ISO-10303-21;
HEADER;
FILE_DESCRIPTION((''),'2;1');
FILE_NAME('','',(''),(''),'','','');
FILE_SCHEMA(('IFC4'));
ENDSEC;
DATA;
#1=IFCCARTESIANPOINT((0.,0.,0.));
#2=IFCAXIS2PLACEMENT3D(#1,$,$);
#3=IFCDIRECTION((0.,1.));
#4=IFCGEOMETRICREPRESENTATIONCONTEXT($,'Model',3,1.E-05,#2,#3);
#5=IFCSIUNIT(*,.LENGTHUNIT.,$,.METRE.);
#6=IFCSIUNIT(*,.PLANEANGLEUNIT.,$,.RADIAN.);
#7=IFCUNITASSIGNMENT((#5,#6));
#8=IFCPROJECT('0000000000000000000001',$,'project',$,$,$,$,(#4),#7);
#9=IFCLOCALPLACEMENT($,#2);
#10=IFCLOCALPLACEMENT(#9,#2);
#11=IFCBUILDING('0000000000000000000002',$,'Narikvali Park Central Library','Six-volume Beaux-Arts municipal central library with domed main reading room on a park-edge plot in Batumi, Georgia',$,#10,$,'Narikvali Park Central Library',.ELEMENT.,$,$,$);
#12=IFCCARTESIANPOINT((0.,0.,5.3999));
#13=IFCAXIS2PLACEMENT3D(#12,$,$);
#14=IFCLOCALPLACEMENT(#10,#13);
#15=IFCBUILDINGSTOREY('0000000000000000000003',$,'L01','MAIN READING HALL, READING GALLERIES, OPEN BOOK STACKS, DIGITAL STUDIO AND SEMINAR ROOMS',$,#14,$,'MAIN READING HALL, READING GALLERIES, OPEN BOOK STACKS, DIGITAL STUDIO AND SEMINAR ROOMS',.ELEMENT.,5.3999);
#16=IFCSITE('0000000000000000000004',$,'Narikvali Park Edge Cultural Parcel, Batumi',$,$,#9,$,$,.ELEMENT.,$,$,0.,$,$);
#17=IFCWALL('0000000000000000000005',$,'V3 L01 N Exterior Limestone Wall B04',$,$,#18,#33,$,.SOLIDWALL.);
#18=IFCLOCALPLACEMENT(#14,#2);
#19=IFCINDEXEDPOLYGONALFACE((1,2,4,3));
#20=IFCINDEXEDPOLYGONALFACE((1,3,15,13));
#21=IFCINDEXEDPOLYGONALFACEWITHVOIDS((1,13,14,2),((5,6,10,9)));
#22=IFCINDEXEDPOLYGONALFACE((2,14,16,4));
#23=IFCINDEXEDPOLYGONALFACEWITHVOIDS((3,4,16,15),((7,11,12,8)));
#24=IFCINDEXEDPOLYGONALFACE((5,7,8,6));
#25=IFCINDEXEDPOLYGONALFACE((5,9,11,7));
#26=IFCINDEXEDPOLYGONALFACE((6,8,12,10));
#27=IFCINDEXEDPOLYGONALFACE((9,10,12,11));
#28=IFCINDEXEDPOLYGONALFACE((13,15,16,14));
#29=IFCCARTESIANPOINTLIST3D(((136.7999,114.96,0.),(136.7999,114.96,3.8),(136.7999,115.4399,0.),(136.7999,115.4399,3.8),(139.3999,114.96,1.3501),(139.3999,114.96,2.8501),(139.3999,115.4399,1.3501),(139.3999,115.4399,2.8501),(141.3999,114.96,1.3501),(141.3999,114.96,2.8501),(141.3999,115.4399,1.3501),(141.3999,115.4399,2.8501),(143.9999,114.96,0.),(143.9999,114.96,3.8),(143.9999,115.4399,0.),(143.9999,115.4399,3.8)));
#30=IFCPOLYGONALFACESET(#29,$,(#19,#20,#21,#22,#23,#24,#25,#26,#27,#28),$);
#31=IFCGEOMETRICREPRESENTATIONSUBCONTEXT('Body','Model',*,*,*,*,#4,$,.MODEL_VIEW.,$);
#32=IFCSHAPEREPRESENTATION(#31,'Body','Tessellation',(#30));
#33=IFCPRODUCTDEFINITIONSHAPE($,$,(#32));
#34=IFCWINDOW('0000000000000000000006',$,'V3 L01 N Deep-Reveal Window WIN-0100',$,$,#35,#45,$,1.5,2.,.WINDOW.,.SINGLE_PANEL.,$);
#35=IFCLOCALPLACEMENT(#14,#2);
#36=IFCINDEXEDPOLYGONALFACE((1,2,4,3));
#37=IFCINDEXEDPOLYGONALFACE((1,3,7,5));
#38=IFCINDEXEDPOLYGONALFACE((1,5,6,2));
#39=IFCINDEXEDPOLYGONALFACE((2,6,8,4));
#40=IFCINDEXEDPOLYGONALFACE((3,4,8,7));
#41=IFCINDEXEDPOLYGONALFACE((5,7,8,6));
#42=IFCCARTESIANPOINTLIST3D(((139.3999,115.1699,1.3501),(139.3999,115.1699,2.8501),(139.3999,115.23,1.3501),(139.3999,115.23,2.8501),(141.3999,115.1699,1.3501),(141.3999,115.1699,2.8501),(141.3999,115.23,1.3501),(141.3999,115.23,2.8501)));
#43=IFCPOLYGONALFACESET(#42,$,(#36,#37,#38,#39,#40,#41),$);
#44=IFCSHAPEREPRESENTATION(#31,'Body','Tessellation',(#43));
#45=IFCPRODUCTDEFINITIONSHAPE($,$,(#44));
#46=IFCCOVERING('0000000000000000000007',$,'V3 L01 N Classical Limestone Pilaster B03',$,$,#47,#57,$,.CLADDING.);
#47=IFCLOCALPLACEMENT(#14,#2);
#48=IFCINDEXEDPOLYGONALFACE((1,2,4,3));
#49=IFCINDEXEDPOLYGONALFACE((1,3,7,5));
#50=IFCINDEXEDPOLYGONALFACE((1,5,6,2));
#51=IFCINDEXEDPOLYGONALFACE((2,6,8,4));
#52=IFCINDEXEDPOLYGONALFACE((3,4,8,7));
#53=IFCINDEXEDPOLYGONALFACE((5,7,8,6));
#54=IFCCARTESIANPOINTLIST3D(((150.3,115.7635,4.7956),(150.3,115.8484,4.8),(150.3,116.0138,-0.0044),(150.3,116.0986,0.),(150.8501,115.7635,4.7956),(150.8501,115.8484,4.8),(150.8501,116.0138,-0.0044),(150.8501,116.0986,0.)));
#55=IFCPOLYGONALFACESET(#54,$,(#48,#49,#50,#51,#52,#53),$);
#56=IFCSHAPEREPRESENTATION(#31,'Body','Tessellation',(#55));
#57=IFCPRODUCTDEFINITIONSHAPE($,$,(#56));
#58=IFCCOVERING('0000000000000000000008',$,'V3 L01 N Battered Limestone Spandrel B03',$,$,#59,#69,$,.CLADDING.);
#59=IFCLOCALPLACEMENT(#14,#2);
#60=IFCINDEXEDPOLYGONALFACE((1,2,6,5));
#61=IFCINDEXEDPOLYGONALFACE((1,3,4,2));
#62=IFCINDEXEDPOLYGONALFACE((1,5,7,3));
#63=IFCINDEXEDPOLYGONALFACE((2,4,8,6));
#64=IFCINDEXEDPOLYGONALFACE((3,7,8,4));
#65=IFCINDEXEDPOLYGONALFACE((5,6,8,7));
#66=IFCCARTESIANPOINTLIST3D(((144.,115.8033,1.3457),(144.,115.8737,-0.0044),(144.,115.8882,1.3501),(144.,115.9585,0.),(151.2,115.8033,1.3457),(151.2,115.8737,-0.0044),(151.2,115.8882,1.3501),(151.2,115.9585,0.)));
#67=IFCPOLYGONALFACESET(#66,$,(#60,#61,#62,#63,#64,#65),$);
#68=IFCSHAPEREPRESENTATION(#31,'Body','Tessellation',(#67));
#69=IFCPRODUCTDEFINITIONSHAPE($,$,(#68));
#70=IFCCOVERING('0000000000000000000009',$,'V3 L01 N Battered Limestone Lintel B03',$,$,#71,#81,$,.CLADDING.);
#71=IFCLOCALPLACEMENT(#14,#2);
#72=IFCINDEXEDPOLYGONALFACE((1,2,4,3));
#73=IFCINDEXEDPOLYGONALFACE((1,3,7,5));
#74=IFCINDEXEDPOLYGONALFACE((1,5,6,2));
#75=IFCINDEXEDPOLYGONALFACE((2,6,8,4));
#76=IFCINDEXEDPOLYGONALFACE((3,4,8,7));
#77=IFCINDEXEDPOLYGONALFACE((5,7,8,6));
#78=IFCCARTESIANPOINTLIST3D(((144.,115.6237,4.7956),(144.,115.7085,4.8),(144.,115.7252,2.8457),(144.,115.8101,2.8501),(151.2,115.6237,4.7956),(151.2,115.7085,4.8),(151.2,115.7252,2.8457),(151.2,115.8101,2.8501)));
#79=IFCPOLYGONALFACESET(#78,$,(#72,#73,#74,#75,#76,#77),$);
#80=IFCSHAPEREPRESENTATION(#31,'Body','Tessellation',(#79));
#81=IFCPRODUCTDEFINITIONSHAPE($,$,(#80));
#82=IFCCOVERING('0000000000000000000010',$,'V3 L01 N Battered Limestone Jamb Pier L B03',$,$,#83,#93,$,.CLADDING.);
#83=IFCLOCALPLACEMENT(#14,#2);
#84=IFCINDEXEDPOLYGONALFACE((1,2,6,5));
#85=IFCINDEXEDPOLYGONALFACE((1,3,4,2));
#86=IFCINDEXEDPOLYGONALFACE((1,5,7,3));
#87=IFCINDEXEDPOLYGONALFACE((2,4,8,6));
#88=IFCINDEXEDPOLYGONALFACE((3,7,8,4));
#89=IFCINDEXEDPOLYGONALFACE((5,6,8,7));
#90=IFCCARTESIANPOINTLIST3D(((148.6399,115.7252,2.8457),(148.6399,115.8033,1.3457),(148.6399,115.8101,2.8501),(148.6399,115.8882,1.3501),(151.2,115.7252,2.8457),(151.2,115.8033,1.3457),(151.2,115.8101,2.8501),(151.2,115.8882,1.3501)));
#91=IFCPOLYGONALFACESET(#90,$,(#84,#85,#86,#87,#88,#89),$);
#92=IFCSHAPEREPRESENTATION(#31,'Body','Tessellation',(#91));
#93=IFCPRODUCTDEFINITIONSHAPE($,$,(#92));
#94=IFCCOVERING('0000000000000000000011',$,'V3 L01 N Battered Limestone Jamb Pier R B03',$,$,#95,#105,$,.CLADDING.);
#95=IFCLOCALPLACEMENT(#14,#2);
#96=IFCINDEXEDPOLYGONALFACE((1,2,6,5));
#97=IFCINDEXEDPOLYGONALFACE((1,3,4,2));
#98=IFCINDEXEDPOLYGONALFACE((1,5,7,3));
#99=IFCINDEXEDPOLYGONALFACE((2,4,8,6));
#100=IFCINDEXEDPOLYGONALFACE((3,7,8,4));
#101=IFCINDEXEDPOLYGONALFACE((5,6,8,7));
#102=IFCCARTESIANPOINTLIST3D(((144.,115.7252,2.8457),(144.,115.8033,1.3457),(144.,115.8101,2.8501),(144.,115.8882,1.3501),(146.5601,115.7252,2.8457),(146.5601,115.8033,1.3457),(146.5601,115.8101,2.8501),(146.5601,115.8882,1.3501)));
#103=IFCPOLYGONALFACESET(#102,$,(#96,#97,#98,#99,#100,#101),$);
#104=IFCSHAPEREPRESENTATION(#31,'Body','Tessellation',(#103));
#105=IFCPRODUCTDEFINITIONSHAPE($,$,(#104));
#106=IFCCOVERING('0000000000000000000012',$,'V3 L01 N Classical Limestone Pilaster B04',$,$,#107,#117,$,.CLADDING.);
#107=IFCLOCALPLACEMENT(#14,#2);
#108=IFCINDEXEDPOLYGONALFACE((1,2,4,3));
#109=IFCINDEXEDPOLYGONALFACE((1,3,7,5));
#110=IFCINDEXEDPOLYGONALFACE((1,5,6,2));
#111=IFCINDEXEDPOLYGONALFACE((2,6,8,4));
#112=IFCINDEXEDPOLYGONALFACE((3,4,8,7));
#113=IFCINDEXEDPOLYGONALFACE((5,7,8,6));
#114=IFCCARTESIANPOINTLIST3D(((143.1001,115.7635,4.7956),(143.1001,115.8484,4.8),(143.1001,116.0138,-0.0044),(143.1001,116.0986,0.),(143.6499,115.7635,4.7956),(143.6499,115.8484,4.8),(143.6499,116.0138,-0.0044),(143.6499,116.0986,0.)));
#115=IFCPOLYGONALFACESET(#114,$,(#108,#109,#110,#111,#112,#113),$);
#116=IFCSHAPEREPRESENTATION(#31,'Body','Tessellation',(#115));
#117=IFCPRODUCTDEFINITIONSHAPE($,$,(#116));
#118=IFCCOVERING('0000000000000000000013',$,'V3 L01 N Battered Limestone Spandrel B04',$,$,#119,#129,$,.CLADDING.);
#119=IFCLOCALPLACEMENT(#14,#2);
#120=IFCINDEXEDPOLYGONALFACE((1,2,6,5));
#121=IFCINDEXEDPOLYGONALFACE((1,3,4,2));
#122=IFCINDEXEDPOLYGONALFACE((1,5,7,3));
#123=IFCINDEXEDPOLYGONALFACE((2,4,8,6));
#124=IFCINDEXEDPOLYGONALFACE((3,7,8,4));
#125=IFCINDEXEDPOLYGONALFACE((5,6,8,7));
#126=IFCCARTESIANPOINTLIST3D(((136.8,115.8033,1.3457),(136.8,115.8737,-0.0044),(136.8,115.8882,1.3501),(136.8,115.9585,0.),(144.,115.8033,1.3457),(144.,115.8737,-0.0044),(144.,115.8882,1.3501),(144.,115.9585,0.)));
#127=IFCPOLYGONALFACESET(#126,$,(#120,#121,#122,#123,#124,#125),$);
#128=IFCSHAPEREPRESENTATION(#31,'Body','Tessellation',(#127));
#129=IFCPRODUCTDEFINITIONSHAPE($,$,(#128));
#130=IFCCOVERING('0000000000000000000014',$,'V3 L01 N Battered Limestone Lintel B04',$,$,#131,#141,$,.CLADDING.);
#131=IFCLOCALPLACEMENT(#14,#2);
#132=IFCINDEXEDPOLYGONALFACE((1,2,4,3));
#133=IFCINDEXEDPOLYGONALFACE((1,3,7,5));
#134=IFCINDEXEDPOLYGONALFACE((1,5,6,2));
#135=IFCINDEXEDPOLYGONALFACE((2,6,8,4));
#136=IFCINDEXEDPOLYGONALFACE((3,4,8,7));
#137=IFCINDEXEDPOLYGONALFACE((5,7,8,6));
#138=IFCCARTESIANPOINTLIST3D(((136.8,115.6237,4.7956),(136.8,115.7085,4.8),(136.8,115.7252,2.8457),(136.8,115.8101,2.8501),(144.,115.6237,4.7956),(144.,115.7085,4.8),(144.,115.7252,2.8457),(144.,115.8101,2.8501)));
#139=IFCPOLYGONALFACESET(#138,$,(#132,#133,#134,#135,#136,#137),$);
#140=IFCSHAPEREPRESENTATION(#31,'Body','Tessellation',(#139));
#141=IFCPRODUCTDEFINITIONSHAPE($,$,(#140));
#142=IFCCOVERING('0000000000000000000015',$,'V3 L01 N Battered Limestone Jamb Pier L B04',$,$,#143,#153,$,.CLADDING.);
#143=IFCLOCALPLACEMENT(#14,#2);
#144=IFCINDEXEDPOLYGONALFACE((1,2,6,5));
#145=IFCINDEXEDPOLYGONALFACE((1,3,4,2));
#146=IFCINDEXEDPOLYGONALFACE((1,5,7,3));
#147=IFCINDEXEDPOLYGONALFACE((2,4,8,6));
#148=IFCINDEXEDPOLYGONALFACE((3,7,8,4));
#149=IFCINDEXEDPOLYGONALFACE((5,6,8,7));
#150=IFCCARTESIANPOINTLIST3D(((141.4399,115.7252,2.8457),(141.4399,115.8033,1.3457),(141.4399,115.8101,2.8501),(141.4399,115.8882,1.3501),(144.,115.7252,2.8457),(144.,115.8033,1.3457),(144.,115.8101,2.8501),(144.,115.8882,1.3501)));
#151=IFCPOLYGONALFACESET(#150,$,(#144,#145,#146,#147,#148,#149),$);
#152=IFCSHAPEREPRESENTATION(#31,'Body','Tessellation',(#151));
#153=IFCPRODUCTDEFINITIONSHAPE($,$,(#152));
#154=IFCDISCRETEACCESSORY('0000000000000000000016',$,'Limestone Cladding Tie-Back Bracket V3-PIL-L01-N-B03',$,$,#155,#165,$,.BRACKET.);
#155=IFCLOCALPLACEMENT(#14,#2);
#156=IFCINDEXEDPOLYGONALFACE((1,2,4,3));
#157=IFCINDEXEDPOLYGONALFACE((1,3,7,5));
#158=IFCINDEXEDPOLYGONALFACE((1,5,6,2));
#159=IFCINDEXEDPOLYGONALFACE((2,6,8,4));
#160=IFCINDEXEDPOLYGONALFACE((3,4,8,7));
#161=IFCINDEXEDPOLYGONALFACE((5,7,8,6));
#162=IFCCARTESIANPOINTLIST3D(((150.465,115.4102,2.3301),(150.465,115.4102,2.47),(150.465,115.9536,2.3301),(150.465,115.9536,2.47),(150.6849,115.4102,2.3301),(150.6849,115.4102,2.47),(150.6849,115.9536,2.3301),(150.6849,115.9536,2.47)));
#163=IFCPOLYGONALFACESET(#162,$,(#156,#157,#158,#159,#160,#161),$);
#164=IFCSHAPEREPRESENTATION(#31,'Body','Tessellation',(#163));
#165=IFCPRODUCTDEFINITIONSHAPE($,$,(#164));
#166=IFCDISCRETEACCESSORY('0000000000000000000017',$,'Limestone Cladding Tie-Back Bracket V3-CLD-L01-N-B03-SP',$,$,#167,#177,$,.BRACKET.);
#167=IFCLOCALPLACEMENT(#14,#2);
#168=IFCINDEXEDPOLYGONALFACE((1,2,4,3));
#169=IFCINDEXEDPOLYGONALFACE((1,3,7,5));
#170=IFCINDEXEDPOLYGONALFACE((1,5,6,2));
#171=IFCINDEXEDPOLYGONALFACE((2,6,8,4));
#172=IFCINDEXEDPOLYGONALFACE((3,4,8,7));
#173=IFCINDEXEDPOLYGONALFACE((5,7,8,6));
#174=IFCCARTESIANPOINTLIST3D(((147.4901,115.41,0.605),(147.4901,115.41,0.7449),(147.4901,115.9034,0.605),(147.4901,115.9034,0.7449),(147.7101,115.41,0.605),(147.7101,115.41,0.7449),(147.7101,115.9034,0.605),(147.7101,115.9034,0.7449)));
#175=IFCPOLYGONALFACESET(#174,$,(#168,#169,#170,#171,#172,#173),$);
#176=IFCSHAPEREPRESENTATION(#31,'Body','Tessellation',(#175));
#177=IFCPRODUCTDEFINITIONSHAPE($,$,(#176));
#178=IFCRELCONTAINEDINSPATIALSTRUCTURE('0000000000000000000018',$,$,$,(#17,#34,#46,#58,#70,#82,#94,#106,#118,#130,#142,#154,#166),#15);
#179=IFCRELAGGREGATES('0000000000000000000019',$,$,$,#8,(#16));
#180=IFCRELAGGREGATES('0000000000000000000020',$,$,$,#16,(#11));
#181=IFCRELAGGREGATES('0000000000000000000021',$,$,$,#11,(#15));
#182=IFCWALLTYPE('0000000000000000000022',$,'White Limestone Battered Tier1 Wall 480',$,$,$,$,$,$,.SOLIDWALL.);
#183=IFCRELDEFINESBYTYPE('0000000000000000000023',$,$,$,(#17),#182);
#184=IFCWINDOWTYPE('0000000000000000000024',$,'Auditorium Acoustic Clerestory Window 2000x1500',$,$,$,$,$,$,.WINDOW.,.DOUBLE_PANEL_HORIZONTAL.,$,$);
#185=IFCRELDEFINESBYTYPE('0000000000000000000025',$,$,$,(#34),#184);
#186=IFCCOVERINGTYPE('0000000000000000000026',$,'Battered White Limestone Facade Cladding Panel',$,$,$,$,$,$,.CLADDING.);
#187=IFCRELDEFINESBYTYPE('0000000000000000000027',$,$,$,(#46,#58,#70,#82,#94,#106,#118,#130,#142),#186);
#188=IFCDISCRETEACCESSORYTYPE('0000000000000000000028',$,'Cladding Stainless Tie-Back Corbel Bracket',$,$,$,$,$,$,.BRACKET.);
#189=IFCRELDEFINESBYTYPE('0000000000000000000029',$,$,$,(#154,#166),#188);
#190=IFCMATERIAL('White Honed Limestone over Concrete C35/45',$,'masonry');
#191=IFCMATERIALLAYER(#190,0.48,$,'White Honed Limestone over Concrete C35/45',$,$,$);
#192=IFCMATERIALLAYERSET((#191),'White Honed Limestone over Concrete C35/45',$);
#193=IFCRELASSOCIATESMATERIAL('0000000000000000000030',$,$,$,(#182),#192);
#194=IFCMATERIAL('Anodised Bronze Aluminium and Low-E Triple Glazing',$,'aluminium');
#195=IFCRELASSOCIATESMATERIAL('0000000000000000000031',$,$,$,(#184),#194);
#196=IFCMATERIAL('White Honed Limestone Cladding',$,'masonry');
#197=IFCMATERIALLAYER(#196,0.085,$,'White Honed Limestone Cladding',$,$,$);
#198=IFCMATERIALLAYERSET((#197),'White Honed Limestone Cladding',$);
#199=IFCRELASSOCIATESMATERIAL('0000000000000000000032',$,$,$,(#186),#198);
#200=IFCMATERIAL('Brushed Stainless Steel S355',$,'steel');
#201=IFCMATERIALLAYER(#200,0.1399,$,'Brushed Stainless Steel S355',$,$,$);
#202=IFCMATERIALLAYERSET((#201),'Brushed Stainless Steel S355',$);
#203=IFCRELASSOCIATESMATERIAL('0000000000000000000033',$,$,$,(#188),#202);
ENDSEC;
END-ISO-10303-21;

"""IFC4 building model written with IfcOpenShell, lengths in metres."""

from ifc_helpers import new_model, si_unit, direction, frame, frame_2d, origin, origin_2d, place, context, subcontext, project, spatial, polyline, rectangle, outline, extrude, material, layer, layer_set, type_object, element, fill, save


model = new_model("IFC4")

# Units and contexts
model_context = context("Model", 3, precision=1e-05, world=origin(), true_north=direction((0.0, 1.0)))
body_context = subcontext(model_context, "Body", "Model", "MODEL_VIEW")
ifc_project = project(units=[si_unit("LENGTHUNIT", "METRE"), si_unit("PLANEANGLEUNIT", "RADIAN")], contexts=[model_context])

# Site, building, storey
site_placement = place(None, origin())
site = spatial("IfcSite", under=ifc_project, at=site_placement, Name="Narikvali Park Edge Cultural Parcel, Batumi", CompositionType="ELEMENT", RefElevation=0.0)
building_placement = place(site_placement, origin())
building = spatial("IfcBuilding", under=site, at=building_placement, Name="Narikvali Park Central Library", Description="Six-volume Beaux-Arts municipal central library with domed main reading room on a park-edge plot in Batumi, Georgia", LongName="Narikvali Park Central Library", CompositionType="ELEMENT")
storey_placement = place(building_placement, frame((0.0, 0.0, 5.3999)))
storey = spatial("IfcBuildingStorey", under=building, at=storey_placement, Name="L01", Description="MAIN READING HALL, READING GALLERIES, OPEN BOOK STACKS, DIGITAL STUDIO AND SEMINAR ROOMS", LongName="MAIN READING HALL, READING GALLERIES, OPEN BOOK STACKS, DIGITAL STUDIO AND SEMINAR ROOMS", CompositionType="ELEMENT", Elevation=5.3999)

# Wall, opening, window
ifc_material_1 = material(Name="White Honed Limestone over Concrete C35/45", Category="masonry")
ifc_layer_1 = layer(ifc_material_1, 0.48, Name="White Honed Limestone over Concrete C35/45")
ifc_layer_set_1 = layer_set([ifc_layer_1], Name="White Honed Limestone over Concrete C35/45")
wall_type = type_object("IfcWallType", Name="White Limestone Battered Tier1 Wall 480", PredefinedType="SOLIDWALL", material=ifc_layer_set_1)
ifc_material_2 = material(Name="Anodised Bronze Aluminium and Low-E Triple Glazing", Category="aluminium")
window_type = type_object("IfcWindowType", Name="Auditorium Acoustic Clerestory Window 2000x1500", PartitioningType="DOUBLE_PANEL_HORIZONTAL", PredefinedType="WINDOW", material=ifc_material_2)
wall_1_placement = place(storey_placement, frame((144.0, 115.2, 0.0), z_axis=(0.0, 0.0, 1.0), x_axis=(-1.0, 0.0, 0.0)))
wall_1 = element("IfcWall", 1, at=wall_1_placement, inside=storey, type_object=wall_type, Name="V3 L01 N Exterior Limestone Wall B04", PredefinedType="SOLIDWALL", context=body_context, shape_type="SweptSolid", body=[
    extrude(rectangle(XDim=7.2, YDim=0.48, at=frame_2d((3.6001, 0.0))), origin(), (0.0, 0.0, 1.0), 3.8),
])
opening_1_placement = place(wall_1_placement, frame((2.6001, 0.0, 1.3501)))
opening_1 = element("IfcOpeningElement", 2, at=opening_1_placement, cuts=wall_1, PredefinedType="OPENING", context=body_context, shape_type="SweptSolid", body=[
    extrude(rectangle(XDim=2.0, YDim=1.5, at=frame_2d((1.0, 0.75))), frame((0.0, 0.252, 0.0), z_axis=(0.0, -1.0, 0.0), x_axis=(1.0, 0.0, 0.0)), (0.0, 0.0, 1.0), 0.5039),
])
window_1_placement = place(opening_1_placement, origin())
window_1 = element("IfcWindow", 3, at=window_1_placement, inside=storey, type_object=window_type, Name="V3 L01 N Deep-Reveal Window WIN-0100", OverallHeight=1.5, OverallWidth=2.0, PartitioningType="SINGLE_PANEL", PredefinedType="WINDOW", context=body_context, shape_type="SweptSolid", body=[
    extrude(rectangle(XDim=2.0, YDim=1.5, at=frame_2d((1.0, 0.75))), frame((0.0, 0.03, 0.0), z_axis=(0.0, -1.0, 0.0), x_axis=(1.0, 0.0, 0.0)), (0.0, 0.0, 1.0), 0.0601),
])
fill(opening_1, window_1)

# Coverings
ifc_material_3 = material(Name="White Honed Limestone Cladding", Category="masonry")
ifc_layer_2 = layer(ifc_material_3, 0.085, Name="White Honed Limestone Cladding")
ifc_layer_set_2 = layer_set([ifc_layer_2], Name="White Honed Limestone Cladding")
covering_type = type_object("IfcCoveringType", Name="Battered White Limestone Facade Cladding Panel", PredefinedType="CLADDING", material=ifc_layer_set_2)
covering_1_placement = place(storey_placement, frame((150.8501, 116.0986, 0.0), z_axis=(0.0, 0.998644, 0.052063), x_axis=(-1.0, 0.0, 0.0)))
element("IfcCovering", 4, at=covering_1_placement, inside=storey, type_object=covering_type, Name="V3 L01 N Classical Limestone Pilaster B03", PredefinedType="CLADDING", context=body_context, shape_type="SweptSolid", body=[
    extrude(outline(polyline([(0.0, 0.0), (0.55, 0.0), (0.55, 4.8066), (0.0, 4.8066), (0.0, 0.0)])), origin(), (0.0, 0.0, -1.0), 0.085),
])
covering_2_placement = place(storey_placement, frame((151.2, 115.9585, 0.0), z_axis=(0.0, 0.998647, 0.052009), x_axis=(-1.0, 0.0, 0.0)))
element("IfcCovering", 5, at=covering_2_placement, inside=storey, type_object=covering_type, Name="V3 L01 N Battered Limestone Spandrel B03", PredefinedType="CLADDING", context=body_context, shape_type="SweptSolid", body=[
    extrude(outline(polyline([(0.0, 0.0), (7.2, 0.0), (7.2, 1.3519), (0.0, 1.3519), (0.0, 0.0)])), origin(), (0.0, 0.0, -1.0), 0.085),
])
covering_3_placement = place(storey_placement, frame((151.2, 115.8101, 2.8501), z_axis=(0.0, 0.998646, 0.052014), x_axis=(-1.0, 0.0, 0.0)))
element("IfcCovering", 6, at=covering_3_placement, inside=storey, type_object=covering_type, Name="V3 L01 N Battered Limestone Lintel B03", PredefinedType="CLADDING", context=body_context, shape_type="SweptSolid", body=[
    extrude(outline(polyline([(0.0, 0.0), (7.2, 0.0), (7.2, 1.9526), (0.0, 1.9526), (0.0, 0.0)])), origin(), (0.0, 0.0, -1.0), 0.085),
])
for number, where, z_axis, x_axis, name in (
    (7, (151.2, 115.8882, 1.3501), (0.0, 0.998646, 0.052013), (-1.0, 0.0, 0.0), "V3 L01 N Battered Limestone Jamb Pier L B03"),
    (8, (146.5601, 115.8882, 1.3501), (0.0, 0.998646, 0.052013), (-1.0, 0.0, 0.0), "V3 L01 N Battered Limestone Jamb Pier R B03"),
):
    element("IfcCovering", number, at=place(storey_placement, frame(where, z_axis=z_axis, x_axis=x_axis)), inside=storey, type_object=covering_type, Name=name, PredefinedType="CLADDING", context=body_context, shape_type="SweptSolid", body=[
        extrude(outline(polyline([(0.0, 0.0), (2.5601, 0.0), (2.5601, 1.502), (0.0, 1.502), (0.0, 0.0)])), origin(), (0.0, 0.0, -1.0), 0.085),
    ])
covering_4_placement = place(storey_placement, frame((143.6499, 116.0986, 0.0), z_axis=(0.0, 0.998644, 0.052063), x_axis=(-1.0, 0.0, 0.0)))
element("IfcCovering", 9, at=covering_4_placement, inside=storey, type_object=covering_type, Name="V3 L01 N Classical Limestone Pilaster B04", PredefinedType="CLADDING", context=body_context, shape_type="SweptSolid", body=[
    extrude(outline(polyline([(0.0, 0.0), (0.5498, 0.0), (0.5498, 4.8066), (0.0, 4.8066), (0.0, 0.0)])), origin(), (0.0, 0.0, -1.0), 0.085),
])
covering_5_placement = place(storey_placement, frame((144.0, 115.9585, 0.0), z_axis=(0.0, 0.998647, 0.052009), x_axis=(-1.0, 0.0, 0.0)))
element("IfcCovering", 10, at=covering_5_placement, inside=storey, type_object=covering_type, Name="V3 L01 N Battered Limestone Spandrel B04", PredefinedType="CLADDING", context=body_context, shape_type="SweptSolid", body=[
    extrude(outline(polyline([(0.0, 0.0), (7.2, 0.0), (7.2, 1.3519), (0.0, 1.3519), (0.0, 0.0)])), origin(), (0.0, 0.0, -1.0), 0.085),
])
covering_6_placement = place(storey_placement, frame((144.0, 115.8101, 2.8501), z_axis=(0.0, 0.998646, 0.052014), x_axis=(-1.0, 0.0, 0.0)))
element("IfcCovering", 11, at=covering_6_placement, inside=storey, type_object=covering_type, Name="V3 L01 N Battered Limestone Lintel B04", PredefinedType="CLADDING", context=body_context, shape_type="SweptSolid", body=[
    extrude(outline(polyline([(0.0, 0.0), (7.2, 0.0), (7.2, 1.9526), (0.0, 1.9526), (0.0, 0.0)])), origin(), (0.0, 0.0, -1.0), 0.085),
])
covering_7_placement = place(storey_placement, frame((144.0, 115.8882, 1.3501), z_axis=(0.0, 0.998646, 0.052013), x_axis=(-1.0, 0.0, 0.0)))
element("IfcCovering", 12, at=covering_7_placement, inside=storey, type_object=covering_type, Name="V3 L01 N Battered Limestone Jamb Pier L B04", PredefinedType="CLADDING", context=body_context, shape_type="SweptSolid", body=[
    extrude(outline(polyline([(0.0, 0.0), (2.5601, 0.0), (2.5601, 1.502), (0.0, 1.502), (0.0, 0.0)])), origin(), (0.0, 0.0, -1.0), 0.085),
])

# Discrete accessories
ifc_material_4 = material(Name="Brushed Stainless Steel S355", Category="steel")
ifc_layer_3 = layer(ifc_material_4, 0.1399, Name="Brushed Stainless Steel S355")
ifc_layer_set_3 = layer_set([ifc_layer_3], Name="Brushed Stainless Steel S355")
discrete_accessory_type = type_object("IfcDiscreteAccessoryType", Name="Cladding Stainless Tie-Back Corbel Bracket", PredefinedType="BRACKET", material=ifc_layer_set_3)
discrete_accessory_1_placement = place(storey_placement, frame((150.575, 115.6819, 2.3301), z_axis=(0.0, 0.0, 1.0), x_axis=(1.0, 0.0, 0.0)))
element("IfcDiscreteAccessory", 13, at=discrete_accessory_1_placement, inside=storey, type_object=discrete_accessory_type, Name="Limestone Cladding Tie-Back Bracket V3-PIL-L01-N-B03", PredefinedType="BRACKET", context=body_context, shape_type="SweptSolid", body=[
    extrude(rectangle(XDim=0.22, YDim=0.5435, at=origin_2d()), origin(), (0.0, 0.0, 1.0), 0.1399),
])
discrete_accessory_2_placement = place(storey_placement, frame((147.6001, 115.6567, 0.605), z_axis=(0.0, 0.0, 1.0), x_axis=(1.0, 0.0, 0.0)))
element("IfcDiscreteAccessory", 14, at=discrete_accessory_2_placement, inside=storey, type_object=discrete_accessory_type, Name="Limestone Cladding Tie-Back Bracket V3-CLD-L01-N-B03-SP", PredefinedType="BRACKET", context=body_context, shape_type="SweptSolid", body=[
    extrude(rectangle(XDim=0.22, YDim=0.4934, at=origin_2d()), origin(), (0.0, 0.0, 1.0), 0.1399),
])

save(model, "model.ifc")
